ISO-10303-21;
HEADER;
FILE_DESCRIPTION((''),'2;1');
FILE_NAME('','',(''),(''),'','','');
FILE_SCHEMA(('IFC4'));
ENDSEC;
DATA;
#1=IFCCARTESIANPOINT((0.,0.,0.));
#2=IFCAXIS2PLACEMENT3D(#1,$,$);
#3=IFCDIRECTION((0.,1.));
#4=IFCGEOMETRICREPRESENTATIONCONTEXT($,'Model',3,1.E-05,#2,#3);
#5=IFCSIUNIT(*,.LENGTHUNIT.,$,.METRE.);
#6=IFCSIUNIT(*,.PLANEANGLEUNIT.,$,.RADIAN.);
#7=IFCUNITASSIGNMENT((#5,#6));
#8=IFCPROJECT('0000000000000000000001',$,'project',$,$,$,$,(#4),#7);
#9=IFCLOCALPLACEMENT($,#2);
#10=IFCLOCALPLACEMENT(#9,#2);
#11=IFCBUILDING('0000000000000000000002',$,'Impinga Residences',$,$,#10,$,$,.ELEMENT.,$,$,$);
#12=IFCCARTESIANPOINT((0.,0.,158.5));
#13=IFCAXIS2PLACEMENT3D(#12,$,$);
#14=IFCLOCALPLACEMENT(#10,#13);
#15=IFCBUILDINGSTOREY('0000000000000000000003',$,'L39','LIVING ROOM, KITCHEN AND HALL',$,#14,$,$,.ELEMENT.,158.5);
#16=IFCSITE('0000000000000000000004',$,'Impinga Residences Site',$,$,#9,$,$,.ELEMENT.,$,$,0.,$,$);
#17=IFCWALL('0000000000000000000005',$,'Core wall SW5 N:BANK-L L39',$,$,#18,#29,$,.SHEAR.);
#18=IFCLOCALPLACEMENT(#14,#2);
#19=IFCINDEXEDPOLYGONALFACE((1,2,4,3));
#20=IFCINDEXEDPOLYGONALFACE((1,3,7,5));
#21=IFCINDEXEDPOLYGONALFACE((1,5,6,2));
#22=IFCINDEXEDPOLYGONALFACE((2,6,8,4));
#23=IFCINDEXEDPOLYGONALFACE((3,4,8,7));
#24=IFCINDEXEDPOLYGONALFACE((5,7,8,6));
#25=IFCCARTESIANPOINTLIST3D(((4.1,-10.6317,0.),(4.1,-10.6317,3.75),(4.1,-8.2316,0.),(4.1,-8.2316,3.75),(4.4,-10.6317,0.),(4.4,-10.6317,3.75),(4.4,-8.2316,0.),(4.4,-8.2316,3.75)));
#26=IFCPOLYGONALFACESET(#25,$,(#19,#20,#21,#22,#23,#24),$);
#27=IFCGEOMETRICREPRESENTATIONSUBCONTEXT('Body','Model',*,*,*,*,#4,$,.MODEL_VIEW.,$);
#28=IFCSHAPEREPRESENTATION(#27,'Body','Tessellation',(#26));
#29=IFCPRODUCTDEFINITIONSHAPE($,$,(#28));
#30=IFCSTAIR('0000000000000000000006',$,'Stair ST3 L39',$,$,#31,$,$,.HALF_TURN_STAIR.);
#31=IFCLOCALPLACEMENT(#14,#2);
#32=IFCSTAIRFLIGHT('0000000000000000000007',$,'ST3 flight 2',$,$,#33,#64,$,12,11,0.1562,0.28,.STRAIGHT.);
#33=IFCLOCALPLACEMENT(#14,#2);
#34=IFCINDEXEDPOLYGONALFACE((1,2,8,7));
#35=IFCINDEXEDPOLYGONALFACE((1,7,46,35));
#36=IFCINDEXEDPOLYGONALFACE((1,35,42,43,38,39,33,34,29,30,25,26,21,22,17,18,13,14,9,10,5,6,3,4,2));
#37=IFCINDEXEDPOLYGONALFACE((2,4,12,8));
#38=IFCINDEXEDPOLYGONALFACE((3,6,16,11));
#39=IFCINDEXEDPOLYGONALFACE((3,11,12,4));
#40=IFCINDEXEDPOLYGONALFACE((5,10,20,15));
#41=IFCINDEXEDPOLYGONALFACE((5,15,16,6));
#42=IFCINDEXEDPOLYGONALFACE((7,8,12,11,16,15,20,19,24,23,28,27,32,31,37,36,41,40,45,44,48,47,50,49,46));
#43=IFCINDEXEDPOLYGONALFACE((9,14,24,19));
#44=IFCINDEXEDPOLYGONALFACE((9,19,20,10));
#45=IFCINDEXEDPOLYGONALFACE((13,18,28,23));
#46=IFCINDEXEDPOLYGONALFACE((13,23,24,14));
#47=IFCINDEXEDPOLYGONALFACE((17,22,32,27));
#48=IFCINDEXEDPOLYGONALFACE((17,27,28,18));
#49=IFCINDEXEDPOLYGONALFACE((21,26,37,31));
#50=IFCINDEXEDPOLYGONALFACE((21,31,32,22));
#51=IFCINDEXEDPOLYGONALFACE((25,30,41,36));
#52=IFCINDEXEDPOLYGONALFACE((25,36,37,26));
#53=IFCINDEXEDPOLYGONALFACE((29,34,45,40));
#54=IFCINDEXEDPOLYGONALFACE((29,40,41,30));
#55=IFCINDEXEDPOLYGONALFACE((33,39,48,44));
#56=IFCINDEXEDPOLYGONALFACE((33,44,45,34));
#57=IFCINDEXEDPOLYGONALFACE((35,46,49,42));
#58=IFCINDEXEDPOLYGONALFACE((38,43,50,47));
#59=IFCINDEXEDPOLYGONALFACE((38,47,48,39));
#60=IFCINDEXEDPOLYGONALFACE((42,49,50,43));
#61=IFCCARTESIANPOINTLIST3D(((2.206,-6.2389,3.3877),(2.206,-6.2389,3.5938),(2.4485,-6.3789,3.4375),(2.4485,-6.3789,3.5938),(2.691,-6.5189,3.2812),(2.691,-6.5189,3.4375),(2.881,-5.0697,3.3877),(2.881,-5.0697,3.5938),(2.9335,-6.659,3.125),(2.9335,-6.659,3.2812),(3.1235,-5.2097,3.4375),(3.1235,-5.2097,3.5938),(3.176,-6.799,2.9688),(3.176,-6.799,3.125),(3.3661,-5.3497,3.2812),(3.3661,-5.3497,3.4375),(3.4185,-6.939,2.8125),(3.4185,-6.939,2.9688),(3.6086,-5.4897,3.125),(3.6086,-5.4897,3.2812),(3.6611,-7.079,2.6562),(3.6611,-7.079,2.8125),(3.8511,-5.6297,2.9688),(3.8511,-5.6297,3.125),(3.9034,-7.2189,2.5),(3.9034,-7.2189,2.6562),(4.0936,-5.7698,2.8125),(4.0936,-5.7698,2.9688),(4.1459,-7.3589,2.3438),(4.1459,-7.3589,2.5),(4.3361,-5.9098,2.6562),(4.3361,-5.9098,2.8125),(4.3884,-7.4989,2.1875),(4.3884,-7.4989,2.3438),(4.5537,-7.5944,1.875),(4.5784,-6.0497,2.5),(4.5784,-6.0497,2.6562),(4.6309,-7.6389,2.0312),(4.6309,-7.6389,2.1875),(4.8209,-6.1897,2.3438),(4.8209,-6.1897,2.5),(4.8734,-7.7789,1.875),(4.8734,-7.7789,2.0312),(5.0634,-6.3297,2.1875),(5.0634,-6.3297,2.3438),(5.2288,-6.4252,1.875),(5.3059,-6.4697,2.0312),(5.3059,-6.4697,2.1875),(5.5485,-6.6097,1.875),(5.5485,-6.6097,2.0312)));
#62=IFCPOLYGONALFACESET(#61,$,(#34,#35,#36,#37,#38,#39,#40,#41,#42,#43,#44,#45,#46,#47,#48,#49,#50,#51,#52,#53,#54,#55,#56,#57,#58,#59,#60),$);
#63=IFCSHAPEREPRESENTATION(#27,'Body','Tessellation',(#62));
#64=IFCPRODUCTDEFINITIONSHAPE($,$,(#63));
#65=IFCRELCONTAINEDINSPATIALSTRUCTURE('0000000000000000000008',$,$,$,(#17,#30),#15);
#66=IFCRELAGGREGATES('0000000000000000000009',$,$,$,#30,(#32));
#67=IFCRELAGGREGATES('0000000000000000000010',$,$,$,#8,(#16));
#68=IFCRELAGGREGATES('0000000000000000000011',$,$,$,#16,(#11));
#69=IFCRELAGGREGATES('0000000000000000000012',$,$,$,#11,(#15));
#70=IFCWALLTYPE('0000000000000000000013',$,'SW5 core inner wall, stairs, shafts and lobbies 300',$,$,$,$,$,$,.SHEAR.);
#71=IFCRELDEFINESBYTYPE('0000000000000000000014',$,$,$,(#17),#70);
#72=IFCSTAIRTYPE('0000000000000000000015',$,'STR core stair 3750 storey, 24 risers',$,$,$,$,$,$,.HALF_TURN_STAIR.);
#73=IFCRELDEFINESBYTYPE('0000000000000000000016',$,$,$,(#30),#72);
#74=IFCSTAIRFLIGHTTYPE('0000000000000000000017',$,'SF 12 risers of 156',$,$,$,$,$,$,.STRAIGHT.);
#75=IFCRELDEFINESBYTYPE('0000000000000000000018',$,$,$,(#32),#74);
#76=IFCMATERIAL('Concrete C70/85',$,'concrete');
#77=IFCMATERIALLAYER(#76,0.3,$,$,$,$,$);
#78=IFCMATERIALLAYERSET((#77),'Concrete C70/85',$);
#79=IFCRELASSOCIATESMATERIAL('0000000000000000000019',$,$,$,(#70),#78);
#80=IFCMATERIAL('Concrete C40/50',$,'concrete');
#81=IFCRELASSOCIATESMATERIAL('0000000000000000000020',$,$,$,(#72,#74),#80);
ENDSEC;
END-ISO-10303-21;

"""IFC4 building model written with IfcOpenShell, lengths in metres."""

from ifc_helpers import new_model, si_unit, direction, frame, frame_2d, origin, place, context, subcontext, project, spatial, polyline, rectangle, outline, extrude, material, layer, layer_set, type_object, element, aggregate, save


model = new_model("IFC4")

# Units and contexts
model_context = context("Model", 3, precision=1e-05, world=origin(), true_north=direction((0.0, 1.0)))
body_context = subcontext(model_context, "Body", "Model", "MODEL_VIEW")
ifc_project = project(units=[si_unit("LENGTHUNIT", "METRE"), si_unit("PLANEANGLEUNIT", "RADIAN")], contexts=[model_context])

# Site, building, storey
site_placement = place(None, origin())
site = spatial("IfcSite", under=ifc_project, at=site_placement, Name="Impinga Residences Site", CompositionType="ELEMENT", RefElevation=0.0)
building_placement = place(site_placement, origin())
building = spatial("IfcBuilding", under=site, at=building_placement, Name="Impinga Residences", CompositionType="ELEMENT")
storey_placement = place(building_placement, frame((0.0, 0.0, 158.5)))
storey = spatial("IfcBuildingStorey", under=building, at=storey_placement, Name="L39", Description="LIVING ROOM, KITCHEN AND HALL", CompositionType="ELEMENT", Elevation=158.5)

# Shared definitions
ifc_material_1 = material(Name="Concrete C70/85", Category="concrete")
ifc_layer_1 = layer(ifc_material_1, 0.3)
ifc_layer_set_1 = layer_set([ifc_layer_1], Name="Concrete C70/85")
wall_type_1 = type_object("IfcWallType", Name="SW5 core inner wall, stairs, shafts and lobbies 300", PredefinedType="SHEAR", material=ifc_layer_set_1)

# Wall
wall_1_placement = place(storey_placement, frame((4.25, -8.2314, 0.0), z_axis=(0.0, 0.0, 1.0), x_axis=(0.0, -1.0, 0.0)))
element("IfcWall", 1, at=wall_1_placement, inside=storey, type_object=wall_type_1, Name="Core wall SW5 N:BANK-L L39", PredefinedType="SHEAR", context=body_context, shape_type="SweptSolid", body=[
    extrude(rectangle(XDim=2.4001, YDim=0.3, at=frame_2d((1.2002, 0.0))), origin(), (0.0, 0.0, 1.0), 3.75),
])

# Stair, stair flight
ifc_material_2 = material(Name="Concrete C40/50", Category="concrete")
stair_type = type_object("IfcStairType", Name="STR core stair 3750 storey, 24 risers", PredefinedType="HALF_TURN_STAIR", material=ifc_material_2)
stair_placement = place(storey_placement, origin())
stair = element("IfcStair", 2, at=stair_placement, inside=storey, type_object=stair_type, Name="Stair ST3 L39", PredefinedType="HALF_TURN_STAIR")
stair_flight_type = type_object("IfcStairFlightType", Name="SF 12 risers of 156", PredefinedType="STRAIGHT", material=ifc_material_2)
stair_flight_placement = place(storey_placement, frame((5.2109, -7.1943, 1.875), z_axis=(0.0, 0.0, 1.0), x_axis=(-0.866025, 0.5, 0.0)))
stair_flight = element("IfcStairFlight", 3, at=stair_flight_placement, type_object=stair_flight_type, Name="ST3 flight 2", NumberOfRisers=12, NumberOfTreads=11, PredefinedType="STRAIGHT", RiserHeight=0.1562, TreadLength=0.28, context=body_context, shape_type="SweptSolid", body=[
    extrude(outline(polyline([(0.0, 0.0), (0.0, 0.1562), (0.28, 0.1562), (0.28, 0.3125), (0.5601, 0.3125), (0.5601, 0.4688), (0.8401, 0.4688), (0.8401, 0.625), (1.1201, 0.625), (1.1201, 0.7812), (1.3999, 0.7812), (1.3999, 0.9375), (1.6799, 0.9375), (1.6799, 1.0938), (1.96, 1.0938), (1.96, 1.25), (2.24, 1.25), (2.24, 1.4062), (2.52, 1.4062), (2.52, 1.5625), (2.8, 1.5625), (2.8, 1.7188), (3.0801, 1.7188), (3.0801, 1.875), (3.0801, 1.5127), (0.3691, 0.0), (0.0, 0.0)])), frame((0.0, 0.675, 0.0), z_axis=(0.0, -1.0, 0.0), x_axis=(1.0, 0.0, 0.0)), (0.0, 0.0, 1.0), 1.3501),
])
aggregate(stair, [stair_flight])

save(model, "model.ifc")
